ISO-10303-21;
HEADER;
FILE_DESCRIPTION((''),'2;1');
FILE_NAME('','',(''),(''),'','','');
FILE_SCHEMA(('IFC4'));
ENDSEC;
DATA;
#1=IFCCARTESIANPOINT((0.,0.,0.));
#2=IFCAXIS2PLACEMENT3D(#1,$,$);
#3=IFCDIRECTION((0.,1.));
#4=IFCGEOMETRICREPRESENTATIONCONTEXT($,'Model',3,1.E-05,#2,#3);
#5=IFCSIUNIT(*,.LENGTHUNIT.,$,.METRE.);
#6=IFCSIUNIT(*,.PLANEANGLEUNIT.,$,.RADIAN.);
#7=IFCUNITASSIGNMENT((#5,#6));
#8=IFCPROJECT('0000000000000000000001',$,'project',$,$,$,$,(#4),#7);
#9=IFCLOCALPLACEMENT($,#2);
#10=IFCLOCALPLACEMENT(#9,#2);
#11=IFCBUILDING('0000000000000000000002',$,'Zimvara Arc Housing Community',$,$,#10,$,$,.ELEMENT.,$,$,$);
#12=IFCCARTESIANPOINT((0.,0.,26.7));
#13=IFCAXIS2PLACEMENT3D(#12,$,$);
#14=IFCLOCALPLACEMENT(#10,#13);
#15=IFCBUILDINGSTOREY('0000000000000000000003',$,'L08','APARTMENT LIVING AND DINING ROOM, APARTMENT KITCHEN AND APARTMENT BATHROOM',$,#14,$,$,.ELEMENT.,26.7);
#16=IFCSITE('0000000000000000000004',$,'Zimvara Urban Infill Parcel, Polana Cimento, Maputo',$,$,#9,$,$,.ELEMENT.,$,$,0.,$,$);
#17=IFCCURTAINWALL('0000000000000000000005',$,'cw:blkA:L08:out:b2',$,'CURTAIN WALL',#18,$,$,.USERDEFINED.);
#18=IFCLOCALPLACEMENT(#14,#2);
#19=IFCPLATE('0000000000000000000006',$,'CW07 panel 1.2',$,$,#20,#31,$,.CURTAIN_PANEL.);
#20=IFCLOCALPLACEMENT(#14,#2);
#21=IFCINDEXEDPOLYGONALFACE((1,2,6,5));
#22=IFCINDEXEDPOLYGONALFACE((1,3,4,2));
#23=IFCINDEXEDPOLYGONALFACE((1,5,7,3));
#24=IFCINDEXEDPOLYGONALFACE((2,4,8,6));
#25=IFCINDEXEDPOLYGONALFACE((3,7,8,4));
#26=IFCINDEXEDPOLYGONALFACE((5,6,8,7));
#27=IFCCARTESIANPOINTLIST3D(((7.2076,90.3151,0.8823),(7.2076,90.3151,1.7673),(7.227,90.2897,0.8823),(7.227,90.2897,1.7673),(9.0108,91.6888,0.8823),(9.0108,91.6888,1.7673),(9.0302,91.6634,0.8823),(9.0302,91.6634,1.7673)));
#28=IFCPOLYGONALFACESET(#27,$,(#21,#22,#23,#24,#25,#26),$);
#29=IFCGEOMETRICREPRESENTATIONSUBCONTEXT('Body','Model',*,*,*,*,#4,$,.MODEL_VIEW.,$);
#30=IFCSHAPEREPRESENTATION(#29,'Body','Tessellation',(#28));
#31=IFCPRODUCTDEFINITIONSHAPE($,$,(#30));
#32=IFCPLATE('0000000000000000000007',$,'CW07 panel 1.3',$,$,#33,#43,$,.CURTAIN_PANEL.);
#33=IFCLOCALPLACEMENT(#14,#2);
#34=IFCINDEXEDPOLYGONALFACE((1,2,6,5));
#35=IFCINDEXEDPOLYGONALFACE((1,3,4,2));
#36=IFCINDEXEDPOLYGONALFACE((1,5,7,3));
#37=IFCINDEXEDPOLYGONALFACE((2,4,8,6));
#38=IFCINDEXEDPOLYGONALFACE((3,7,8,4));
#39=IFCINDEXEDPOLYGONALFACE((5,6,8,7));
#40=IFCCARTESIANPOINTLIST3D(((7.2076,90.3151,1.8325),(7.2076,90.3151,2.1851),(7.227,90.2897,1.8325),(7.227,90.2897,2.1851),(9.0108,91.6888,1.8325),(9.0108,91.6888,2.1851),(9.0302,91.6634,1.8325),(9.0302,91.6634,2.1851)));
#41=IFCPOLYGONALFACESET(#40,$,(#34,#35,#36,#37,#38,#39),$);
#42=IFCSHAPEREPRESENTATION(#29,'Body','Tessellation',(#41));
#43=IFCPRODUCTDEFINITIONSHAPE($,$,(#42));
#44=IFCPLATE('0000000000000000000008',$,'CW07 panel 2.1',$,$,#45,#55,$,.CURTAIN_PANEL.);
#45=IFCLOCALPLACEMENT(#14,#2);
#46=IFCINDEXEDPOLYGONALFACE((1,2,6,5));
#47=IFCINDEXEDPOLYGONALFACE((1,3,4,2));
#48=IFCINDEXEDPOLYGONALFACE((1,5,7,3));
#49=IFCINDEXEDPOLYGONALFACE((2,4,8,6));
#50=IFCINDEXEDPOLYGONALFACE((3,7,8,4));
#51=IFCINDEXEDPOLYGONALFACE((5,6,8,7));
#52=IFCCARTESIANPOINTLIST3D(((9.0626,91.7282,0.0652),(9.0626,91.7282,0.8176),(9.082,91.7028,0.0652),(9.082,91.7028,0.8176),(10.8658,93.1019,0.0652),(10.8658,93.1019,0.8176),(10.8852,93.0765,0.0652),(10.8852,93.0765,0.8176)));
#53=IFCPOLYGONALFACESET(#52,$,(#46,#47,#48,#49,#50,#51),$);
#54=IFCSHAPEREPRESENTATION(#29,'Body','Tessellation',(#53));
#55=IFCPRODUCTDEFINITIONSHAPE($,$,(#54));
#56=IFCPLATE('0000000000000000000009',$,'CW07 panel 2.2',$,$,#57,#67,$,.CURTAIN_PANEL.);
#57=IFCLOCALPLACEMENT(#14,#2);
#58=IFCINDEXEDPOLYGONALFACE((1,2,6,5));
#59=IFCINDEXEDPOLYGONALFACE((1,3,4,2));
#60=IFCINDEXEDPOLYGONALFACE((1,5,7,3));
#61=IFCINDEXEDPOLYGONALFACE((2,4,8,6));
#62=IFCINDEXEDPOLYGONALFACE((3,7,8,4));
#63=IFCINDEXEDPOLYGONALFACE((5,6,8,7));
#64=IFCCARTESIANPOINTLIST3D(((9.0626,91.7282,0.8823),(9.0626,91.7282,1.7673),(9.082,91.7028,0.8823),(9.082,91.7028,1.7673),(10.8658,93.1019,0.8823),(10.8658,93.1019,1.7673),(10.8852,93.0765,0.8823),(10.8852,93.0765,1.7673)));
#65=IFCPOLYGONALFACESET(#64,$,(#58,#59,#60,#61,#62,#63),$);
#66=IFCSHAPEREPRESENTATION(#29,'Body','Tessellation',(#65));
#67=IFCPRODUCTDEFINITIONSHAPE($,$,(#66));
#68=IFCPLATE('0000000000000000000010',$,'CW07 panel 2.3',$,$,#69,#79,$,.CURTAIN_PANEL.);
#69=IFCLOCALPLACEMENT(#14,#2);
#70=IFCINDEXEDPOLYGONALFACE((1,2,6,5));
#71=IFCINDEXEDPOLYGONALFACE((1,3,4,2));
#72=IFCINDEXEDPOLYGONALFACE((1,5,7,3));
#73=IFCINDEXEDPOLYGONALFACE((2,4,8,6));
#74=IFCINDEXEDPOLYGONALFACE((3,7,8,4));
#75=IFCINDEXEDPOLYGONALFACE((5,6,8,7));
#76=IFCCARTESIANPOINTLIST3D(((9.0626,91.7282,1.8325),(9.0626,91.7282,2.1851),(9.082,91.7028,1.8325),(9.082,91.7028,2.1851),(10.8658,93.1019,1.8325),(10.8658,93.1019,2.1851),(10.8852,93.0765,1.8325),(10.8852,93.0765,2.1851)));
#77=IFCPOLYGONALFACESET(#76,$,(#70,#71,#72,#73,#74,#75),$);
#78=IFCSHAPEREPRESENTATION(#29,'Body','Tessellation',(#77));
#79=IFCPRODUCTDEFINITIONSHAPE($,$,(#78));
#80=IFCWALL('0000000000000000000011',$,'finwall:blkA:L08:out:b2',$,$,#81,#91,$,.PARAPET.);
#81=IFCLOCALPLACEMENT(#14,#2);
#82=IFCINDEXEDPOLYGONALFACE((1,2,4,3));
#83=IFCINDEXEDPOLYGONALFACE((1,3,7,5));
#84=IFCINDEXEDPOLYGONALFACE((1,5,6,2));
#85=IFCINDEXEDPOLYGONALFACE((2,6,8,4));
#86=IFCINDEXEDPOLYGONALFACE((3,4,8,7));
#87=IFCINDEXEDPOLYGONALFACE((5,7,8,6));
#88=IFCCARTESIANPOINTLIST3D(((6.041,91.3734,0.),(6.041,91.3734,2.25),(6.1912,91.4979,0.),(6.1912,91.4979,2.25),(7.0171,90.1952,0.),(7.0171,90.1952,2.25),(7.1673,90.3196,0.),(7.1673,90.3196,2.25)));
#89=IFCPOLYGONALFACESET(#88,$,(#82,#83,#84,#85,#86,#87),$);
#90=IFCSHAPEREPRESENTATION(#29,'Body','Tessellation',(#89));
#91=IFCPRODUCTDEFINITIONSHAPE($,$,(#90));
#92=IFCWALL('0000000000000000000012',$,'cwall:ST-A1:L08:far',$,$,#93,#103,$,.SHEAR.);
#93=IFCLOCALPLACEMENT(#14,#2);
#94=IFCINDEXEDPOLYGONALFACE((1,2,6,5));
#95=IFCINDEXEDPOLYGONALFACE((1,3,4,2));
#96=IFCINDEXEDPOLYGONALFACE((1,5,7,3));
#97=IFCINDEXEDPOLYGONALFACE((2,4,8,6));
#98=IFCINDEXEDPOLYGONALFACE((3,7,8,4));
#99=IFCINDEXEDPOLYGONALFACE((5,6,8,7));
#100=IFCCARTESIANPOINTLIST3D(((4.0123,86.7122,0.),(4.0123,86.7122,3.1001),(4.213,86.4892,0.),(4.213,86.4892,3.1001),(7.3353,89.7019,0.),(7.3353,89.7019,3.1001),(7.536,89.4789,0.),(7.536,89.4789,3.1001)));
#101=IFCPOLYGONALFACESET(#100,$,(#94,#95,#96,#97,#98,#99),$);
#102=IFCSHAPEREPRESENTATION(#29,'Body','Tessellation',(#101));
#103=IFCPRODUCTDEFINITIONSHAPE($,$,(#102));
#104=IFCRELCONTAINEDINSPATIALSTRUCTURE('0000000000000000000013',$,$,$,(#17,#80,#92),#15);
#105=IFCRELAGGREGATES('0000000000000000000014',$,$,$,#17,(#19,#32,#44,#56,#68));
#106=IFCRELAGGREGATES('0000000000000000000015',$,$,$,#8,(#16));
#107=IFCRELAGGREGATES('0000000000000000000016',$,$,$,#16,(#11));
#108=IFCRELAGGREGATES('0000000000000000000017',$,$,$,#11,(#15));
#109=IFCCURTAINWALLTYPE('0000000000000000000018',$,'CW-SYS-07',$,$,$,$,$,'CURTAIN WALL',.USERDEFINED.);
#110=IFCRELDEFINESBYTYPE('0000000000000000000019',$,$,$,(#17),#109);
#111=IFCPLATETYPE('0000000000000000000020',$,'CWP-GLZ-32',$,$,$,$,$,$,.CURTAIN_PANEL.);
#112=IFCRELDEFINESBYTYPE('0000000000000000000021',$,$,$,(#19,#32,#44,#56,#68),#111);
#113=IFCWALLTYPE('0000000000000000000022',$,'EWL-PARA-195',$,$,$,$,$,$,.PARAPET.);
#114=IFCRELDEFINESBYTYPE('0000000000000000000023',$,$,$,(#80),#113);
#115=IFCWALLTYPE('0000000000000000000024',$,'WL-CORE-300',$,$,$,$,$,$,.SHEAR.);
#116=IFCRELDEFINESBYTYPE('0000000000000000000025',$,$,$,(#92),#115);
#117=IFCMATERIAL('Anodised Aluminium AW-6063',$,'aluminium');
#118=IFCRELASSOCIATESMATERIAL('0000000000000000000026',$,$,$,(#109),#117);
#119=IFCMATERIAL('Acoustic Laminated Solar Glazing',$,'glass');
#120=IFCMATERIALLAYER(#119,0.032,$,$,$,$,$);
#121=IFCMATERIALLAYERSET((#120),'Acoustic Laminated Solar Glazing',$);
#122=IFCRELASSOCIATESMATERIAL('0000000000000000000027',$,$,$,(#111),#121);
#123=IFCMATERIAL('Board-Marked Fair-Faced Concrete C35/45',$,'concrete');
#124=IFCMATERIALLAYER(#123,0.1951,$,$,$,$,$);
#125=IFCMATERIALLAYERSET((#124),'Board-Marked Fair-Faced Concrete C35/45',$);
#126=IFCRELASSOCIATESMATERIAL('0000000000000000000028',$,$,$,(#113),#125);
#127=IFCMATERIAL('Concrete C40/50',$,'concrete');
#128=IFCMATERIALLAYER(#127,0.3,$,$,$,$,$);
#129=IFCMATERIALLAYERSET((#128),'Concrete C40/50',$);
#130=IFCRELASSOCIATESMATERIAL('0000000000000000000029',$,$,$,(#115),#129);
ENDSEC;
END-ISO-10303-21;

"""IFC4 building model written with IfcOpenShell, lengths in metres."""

from ifc_helpers import new_model, si_unit, direction, frame, frame_2d, origin, origin_2d, place, context, subcontext, project, spatial, rectangle, extrude, material, layer, layer_set, type_object, element, aggregate, save


model = new_model("IFC4")

# Units and contexts
model_context = context("Model", 3, precision=1e-05, world=origin(), true_north=direction((0.0, 1.0)))
body_context = subcontext(model_context, "Body", "Model", "MODEL_VIEW")
ifc_project = project(units=[si_unit("LENGTHUNIT", "METRE"), si_unit("PLANEANGLEUNIT", "RADIAN")], contexts=[model_context])

# Site, building, storey
site_placement = place(None, origin())
site = spatial("IfcSite", under=ifc_project, at=site_placement, Name="Zimvara Urban Infill Parcel, Polana Cimento, Maputo", CompositionType="ELEMENT", RefElevation=0.0)
building_placement = place(site_placement, origin())
building = spatial("IfcBuilding", under=site, at=building_placement, Name="Zimvara Arc Housing Community", CompositionType="ELEMENT")
storey_placement = place(building_placement, frame((0.0, 0.0, 26.7)))
storey = spatial("IfcBuildingStorey", under=building, at=storey_placement, Name="L08", Description="APARTMENT LIVING AND DINING ROOM, APARTMENT KITCHEN AND APARTMENT BATHROOM", CompositionType="ELEMENT", Elevation=26.7)

# Curtain wall, plates
ifc_material_1 = material(Name="Anodised Aluminium AW-6063", Category="aluminium")
curtain_wall_type = type_object("IfcCurtainWallType", Name="CW-SYS-07", ElementType="CURTAIN WALL", PredefinedType="USERDEFINED", material=ifc_material_1)
curtain_wall_placement = place(storey_placement, origin())
curtain_wall = element("IfcCurtainWall", 1, at=curtain_wall_placement, inside=storey, type_object=curtain_wall_type, Name="cw:blkA:L08:out:b2", ObjectType="CURTAIN WALL", PredefinedType="USERDEFINED")
ifc_material_2 = material(Name="Acoustic Laminated Solar Glazing", Category="glass")
ifc_layer_1 = layer(ifc_material_2, 0.032)
ifc_layer_set_1 = layer_set([ifc_layer_1], Name="Acoustic Laminated Solar Glazing")
plate_type = type_object("IfcPlateType", Name="CWP-GLZ-32", PredefinedType="CURTAIN_PANEL", material=ifc_layer_set_1)
plate_1_placement = place(storey_placement, frame((8.1189, 90.9893, 0.8823), z_axis=(0.0, 0.0, 1.0), x_axis=(0.795474, 0.605988, 0.0)))
plate_1 = element("IfcPlate", 2, at=plate_1_placement, type_object=plate_type, Name="CW07 panel 1.2", PredefinedType="CURTAIN_PANEL", context=body_context, shape_type="SweptSolid", body=[
    extrude(rectangle(XDim=2.2668, YDim=0.032, at=origin_2d()), origin(), (0.0, 0.0, 1.0), 0.885),
])
plate_2_placement = place(storey_placement, frame((8.1189, 90.9893, 1.8325), z_axis=(0.0, 0.0, 1.0), x_axis=(0.795474, 0.605988, 0.0)))
plate_2 = element("IfcPlate", 3, at=plate_2_placement, type_object=plate_type, Name="CW07 panel 1.3", PredefinedType="CURTAIN_PANEL", context=body_context, shape_type="SweptSolid", body=[
    extrude(rectangle(XDim=2.2668, YDim=0.032, at=origin_2d()), origin(), (0.0, 0.0, 1.0), 0.3525),
])
plate_3_placement = place(storey_placement, frame((9.9739, 92.4023, 0.0652), z_axis=(0.0, 0.0, 1.0), x_axis=(0.795474, 0.605988, 0.0)))
plate_3 = element("IfcPlate", 4, at=plate_3_placement, type_object=plate_type, Name="CW07 panel 2.1", PredefinedType="CURTAIN_PANEL", context=body_context, shape_type="SweptSolid", body=[
    extrude(rectangle(XDim=2.2668, YDim=0.032, at=origin_2d()), origin(), (0.0, 0.0, 1.0), 0.7524),
])
plate_4_placement = place(storey_placement, frame((9.9739, 92.4023, 0.8823), z_axis=(0.0, 0.0, 1.0), x_axis=(0.795474, 0.605988, 0.0)))
plate_4 = element("IfcPlate", 5, at=plate_4_placement, type_object=plate_type, Name="CW07 panel 2.2", PredefinedType="CURTAIN_PANEL", context=body_context, shape_type="SweptSolid", body=[
    extrude(rectangle(XDim=2.2668, YDim=0.032, at=origin_2d()), origin(), (0.0, 0.0, 1.0), 0.885),
])
plate_5_placement = place(storey_placement, frame((9.9739, 92.4023, 1.8325), z_axis=(0.0, 0.0, 1.0), x_axis=(0.795474, 0.605988, 0.0)))
plate_5 = element("IfcPlate", 6, at=plate_5_placement, type_object=plate_type, Name="CW07 panel 2.3", PredefinedType="CURTAIN_PANEL", context=body_context, shape_type="SweptSolid", body=[
    extrude(rectangle(XDim=2.2668, YDim=0.032, at=origin_2d()), origin(), (0.0, 0.0, 1.0), 0.3525),
])
aggregate(curtain_wall, [plate_1, plate_2, plate_3, plate_4, plate_5])

# Walls
ifc_material_3 = material(Name="Board-Marked Fair-Faced Concrete C35/45", Category="concrete")
ifc_layer_2 = layer(ifc_material_3, 0.1951)
ifc_layer_set_2 = layer_set([ifc_layer_2], Name="Board-Marked Fair-Faced Concrete C35/45")
wall_type_1 = type_object("IfcWallType", Name="EWL-PARA-195", PredefinedType="PARAPET", material=ifc_layer_set_2)
wall_1_placement = place(storey_placement, frame((7.0923, 90.2573, 0.0), z_axis=(0.0, 0.0, 1.0), x_axis=(-0.637953, 0.770075, 0.0)))
element("IfcWall", 7, at=wall_1_placement, inside=storey, type_object=wall_type_1, Name="finwall:blkA:L08:out:b2", PredefinedType="PARAPET", context=body_context, shape_type="SweptSolid", body=[
    extrude(rectangle(XDim=1.53, YDim=0.1951, at=frame_2d((0.7651, 0.0))), origin(), (0.0, 0.0, 1.0), 2.25),
])
ifc_material_4 = material(Name="Concrete C40/50", Category="concrete")
ifc_layer_3 = layer(ifc_material_4, 0.3)
ifc_layer_set_3 = layer_set([ifc_layer_3], Name="Concrete C40/50")
wall_type_2 = type_object("IfcWallType", Name="WL-CORE-300", PredefinedType="SHEAR", material=ifc_layer_set_3)
wall_2_placement = place(storey_placement, frame((7.4355, 89.5903, 0.0), z_axis=(0.0, 0.0, 1.0), x_axis=(-0.7434, -0.668847, 0.0)))
element("IfcWall", 8, at=wall_2_placement, inside=storey, type_object=wall_type_2, Name="cwall:ST-A1:L08:far", PredefinedType="SHEAR", context=body_context, shape_type="SweptSolid", body=[
    extrude(rectangle(XDim=4.47, YDim=0.3, at=frame_2d((2.2349, 0.0))), origin(), (0.0, 0.0, 1.0), 3.1001),
])

save(model, "model.ifc")
